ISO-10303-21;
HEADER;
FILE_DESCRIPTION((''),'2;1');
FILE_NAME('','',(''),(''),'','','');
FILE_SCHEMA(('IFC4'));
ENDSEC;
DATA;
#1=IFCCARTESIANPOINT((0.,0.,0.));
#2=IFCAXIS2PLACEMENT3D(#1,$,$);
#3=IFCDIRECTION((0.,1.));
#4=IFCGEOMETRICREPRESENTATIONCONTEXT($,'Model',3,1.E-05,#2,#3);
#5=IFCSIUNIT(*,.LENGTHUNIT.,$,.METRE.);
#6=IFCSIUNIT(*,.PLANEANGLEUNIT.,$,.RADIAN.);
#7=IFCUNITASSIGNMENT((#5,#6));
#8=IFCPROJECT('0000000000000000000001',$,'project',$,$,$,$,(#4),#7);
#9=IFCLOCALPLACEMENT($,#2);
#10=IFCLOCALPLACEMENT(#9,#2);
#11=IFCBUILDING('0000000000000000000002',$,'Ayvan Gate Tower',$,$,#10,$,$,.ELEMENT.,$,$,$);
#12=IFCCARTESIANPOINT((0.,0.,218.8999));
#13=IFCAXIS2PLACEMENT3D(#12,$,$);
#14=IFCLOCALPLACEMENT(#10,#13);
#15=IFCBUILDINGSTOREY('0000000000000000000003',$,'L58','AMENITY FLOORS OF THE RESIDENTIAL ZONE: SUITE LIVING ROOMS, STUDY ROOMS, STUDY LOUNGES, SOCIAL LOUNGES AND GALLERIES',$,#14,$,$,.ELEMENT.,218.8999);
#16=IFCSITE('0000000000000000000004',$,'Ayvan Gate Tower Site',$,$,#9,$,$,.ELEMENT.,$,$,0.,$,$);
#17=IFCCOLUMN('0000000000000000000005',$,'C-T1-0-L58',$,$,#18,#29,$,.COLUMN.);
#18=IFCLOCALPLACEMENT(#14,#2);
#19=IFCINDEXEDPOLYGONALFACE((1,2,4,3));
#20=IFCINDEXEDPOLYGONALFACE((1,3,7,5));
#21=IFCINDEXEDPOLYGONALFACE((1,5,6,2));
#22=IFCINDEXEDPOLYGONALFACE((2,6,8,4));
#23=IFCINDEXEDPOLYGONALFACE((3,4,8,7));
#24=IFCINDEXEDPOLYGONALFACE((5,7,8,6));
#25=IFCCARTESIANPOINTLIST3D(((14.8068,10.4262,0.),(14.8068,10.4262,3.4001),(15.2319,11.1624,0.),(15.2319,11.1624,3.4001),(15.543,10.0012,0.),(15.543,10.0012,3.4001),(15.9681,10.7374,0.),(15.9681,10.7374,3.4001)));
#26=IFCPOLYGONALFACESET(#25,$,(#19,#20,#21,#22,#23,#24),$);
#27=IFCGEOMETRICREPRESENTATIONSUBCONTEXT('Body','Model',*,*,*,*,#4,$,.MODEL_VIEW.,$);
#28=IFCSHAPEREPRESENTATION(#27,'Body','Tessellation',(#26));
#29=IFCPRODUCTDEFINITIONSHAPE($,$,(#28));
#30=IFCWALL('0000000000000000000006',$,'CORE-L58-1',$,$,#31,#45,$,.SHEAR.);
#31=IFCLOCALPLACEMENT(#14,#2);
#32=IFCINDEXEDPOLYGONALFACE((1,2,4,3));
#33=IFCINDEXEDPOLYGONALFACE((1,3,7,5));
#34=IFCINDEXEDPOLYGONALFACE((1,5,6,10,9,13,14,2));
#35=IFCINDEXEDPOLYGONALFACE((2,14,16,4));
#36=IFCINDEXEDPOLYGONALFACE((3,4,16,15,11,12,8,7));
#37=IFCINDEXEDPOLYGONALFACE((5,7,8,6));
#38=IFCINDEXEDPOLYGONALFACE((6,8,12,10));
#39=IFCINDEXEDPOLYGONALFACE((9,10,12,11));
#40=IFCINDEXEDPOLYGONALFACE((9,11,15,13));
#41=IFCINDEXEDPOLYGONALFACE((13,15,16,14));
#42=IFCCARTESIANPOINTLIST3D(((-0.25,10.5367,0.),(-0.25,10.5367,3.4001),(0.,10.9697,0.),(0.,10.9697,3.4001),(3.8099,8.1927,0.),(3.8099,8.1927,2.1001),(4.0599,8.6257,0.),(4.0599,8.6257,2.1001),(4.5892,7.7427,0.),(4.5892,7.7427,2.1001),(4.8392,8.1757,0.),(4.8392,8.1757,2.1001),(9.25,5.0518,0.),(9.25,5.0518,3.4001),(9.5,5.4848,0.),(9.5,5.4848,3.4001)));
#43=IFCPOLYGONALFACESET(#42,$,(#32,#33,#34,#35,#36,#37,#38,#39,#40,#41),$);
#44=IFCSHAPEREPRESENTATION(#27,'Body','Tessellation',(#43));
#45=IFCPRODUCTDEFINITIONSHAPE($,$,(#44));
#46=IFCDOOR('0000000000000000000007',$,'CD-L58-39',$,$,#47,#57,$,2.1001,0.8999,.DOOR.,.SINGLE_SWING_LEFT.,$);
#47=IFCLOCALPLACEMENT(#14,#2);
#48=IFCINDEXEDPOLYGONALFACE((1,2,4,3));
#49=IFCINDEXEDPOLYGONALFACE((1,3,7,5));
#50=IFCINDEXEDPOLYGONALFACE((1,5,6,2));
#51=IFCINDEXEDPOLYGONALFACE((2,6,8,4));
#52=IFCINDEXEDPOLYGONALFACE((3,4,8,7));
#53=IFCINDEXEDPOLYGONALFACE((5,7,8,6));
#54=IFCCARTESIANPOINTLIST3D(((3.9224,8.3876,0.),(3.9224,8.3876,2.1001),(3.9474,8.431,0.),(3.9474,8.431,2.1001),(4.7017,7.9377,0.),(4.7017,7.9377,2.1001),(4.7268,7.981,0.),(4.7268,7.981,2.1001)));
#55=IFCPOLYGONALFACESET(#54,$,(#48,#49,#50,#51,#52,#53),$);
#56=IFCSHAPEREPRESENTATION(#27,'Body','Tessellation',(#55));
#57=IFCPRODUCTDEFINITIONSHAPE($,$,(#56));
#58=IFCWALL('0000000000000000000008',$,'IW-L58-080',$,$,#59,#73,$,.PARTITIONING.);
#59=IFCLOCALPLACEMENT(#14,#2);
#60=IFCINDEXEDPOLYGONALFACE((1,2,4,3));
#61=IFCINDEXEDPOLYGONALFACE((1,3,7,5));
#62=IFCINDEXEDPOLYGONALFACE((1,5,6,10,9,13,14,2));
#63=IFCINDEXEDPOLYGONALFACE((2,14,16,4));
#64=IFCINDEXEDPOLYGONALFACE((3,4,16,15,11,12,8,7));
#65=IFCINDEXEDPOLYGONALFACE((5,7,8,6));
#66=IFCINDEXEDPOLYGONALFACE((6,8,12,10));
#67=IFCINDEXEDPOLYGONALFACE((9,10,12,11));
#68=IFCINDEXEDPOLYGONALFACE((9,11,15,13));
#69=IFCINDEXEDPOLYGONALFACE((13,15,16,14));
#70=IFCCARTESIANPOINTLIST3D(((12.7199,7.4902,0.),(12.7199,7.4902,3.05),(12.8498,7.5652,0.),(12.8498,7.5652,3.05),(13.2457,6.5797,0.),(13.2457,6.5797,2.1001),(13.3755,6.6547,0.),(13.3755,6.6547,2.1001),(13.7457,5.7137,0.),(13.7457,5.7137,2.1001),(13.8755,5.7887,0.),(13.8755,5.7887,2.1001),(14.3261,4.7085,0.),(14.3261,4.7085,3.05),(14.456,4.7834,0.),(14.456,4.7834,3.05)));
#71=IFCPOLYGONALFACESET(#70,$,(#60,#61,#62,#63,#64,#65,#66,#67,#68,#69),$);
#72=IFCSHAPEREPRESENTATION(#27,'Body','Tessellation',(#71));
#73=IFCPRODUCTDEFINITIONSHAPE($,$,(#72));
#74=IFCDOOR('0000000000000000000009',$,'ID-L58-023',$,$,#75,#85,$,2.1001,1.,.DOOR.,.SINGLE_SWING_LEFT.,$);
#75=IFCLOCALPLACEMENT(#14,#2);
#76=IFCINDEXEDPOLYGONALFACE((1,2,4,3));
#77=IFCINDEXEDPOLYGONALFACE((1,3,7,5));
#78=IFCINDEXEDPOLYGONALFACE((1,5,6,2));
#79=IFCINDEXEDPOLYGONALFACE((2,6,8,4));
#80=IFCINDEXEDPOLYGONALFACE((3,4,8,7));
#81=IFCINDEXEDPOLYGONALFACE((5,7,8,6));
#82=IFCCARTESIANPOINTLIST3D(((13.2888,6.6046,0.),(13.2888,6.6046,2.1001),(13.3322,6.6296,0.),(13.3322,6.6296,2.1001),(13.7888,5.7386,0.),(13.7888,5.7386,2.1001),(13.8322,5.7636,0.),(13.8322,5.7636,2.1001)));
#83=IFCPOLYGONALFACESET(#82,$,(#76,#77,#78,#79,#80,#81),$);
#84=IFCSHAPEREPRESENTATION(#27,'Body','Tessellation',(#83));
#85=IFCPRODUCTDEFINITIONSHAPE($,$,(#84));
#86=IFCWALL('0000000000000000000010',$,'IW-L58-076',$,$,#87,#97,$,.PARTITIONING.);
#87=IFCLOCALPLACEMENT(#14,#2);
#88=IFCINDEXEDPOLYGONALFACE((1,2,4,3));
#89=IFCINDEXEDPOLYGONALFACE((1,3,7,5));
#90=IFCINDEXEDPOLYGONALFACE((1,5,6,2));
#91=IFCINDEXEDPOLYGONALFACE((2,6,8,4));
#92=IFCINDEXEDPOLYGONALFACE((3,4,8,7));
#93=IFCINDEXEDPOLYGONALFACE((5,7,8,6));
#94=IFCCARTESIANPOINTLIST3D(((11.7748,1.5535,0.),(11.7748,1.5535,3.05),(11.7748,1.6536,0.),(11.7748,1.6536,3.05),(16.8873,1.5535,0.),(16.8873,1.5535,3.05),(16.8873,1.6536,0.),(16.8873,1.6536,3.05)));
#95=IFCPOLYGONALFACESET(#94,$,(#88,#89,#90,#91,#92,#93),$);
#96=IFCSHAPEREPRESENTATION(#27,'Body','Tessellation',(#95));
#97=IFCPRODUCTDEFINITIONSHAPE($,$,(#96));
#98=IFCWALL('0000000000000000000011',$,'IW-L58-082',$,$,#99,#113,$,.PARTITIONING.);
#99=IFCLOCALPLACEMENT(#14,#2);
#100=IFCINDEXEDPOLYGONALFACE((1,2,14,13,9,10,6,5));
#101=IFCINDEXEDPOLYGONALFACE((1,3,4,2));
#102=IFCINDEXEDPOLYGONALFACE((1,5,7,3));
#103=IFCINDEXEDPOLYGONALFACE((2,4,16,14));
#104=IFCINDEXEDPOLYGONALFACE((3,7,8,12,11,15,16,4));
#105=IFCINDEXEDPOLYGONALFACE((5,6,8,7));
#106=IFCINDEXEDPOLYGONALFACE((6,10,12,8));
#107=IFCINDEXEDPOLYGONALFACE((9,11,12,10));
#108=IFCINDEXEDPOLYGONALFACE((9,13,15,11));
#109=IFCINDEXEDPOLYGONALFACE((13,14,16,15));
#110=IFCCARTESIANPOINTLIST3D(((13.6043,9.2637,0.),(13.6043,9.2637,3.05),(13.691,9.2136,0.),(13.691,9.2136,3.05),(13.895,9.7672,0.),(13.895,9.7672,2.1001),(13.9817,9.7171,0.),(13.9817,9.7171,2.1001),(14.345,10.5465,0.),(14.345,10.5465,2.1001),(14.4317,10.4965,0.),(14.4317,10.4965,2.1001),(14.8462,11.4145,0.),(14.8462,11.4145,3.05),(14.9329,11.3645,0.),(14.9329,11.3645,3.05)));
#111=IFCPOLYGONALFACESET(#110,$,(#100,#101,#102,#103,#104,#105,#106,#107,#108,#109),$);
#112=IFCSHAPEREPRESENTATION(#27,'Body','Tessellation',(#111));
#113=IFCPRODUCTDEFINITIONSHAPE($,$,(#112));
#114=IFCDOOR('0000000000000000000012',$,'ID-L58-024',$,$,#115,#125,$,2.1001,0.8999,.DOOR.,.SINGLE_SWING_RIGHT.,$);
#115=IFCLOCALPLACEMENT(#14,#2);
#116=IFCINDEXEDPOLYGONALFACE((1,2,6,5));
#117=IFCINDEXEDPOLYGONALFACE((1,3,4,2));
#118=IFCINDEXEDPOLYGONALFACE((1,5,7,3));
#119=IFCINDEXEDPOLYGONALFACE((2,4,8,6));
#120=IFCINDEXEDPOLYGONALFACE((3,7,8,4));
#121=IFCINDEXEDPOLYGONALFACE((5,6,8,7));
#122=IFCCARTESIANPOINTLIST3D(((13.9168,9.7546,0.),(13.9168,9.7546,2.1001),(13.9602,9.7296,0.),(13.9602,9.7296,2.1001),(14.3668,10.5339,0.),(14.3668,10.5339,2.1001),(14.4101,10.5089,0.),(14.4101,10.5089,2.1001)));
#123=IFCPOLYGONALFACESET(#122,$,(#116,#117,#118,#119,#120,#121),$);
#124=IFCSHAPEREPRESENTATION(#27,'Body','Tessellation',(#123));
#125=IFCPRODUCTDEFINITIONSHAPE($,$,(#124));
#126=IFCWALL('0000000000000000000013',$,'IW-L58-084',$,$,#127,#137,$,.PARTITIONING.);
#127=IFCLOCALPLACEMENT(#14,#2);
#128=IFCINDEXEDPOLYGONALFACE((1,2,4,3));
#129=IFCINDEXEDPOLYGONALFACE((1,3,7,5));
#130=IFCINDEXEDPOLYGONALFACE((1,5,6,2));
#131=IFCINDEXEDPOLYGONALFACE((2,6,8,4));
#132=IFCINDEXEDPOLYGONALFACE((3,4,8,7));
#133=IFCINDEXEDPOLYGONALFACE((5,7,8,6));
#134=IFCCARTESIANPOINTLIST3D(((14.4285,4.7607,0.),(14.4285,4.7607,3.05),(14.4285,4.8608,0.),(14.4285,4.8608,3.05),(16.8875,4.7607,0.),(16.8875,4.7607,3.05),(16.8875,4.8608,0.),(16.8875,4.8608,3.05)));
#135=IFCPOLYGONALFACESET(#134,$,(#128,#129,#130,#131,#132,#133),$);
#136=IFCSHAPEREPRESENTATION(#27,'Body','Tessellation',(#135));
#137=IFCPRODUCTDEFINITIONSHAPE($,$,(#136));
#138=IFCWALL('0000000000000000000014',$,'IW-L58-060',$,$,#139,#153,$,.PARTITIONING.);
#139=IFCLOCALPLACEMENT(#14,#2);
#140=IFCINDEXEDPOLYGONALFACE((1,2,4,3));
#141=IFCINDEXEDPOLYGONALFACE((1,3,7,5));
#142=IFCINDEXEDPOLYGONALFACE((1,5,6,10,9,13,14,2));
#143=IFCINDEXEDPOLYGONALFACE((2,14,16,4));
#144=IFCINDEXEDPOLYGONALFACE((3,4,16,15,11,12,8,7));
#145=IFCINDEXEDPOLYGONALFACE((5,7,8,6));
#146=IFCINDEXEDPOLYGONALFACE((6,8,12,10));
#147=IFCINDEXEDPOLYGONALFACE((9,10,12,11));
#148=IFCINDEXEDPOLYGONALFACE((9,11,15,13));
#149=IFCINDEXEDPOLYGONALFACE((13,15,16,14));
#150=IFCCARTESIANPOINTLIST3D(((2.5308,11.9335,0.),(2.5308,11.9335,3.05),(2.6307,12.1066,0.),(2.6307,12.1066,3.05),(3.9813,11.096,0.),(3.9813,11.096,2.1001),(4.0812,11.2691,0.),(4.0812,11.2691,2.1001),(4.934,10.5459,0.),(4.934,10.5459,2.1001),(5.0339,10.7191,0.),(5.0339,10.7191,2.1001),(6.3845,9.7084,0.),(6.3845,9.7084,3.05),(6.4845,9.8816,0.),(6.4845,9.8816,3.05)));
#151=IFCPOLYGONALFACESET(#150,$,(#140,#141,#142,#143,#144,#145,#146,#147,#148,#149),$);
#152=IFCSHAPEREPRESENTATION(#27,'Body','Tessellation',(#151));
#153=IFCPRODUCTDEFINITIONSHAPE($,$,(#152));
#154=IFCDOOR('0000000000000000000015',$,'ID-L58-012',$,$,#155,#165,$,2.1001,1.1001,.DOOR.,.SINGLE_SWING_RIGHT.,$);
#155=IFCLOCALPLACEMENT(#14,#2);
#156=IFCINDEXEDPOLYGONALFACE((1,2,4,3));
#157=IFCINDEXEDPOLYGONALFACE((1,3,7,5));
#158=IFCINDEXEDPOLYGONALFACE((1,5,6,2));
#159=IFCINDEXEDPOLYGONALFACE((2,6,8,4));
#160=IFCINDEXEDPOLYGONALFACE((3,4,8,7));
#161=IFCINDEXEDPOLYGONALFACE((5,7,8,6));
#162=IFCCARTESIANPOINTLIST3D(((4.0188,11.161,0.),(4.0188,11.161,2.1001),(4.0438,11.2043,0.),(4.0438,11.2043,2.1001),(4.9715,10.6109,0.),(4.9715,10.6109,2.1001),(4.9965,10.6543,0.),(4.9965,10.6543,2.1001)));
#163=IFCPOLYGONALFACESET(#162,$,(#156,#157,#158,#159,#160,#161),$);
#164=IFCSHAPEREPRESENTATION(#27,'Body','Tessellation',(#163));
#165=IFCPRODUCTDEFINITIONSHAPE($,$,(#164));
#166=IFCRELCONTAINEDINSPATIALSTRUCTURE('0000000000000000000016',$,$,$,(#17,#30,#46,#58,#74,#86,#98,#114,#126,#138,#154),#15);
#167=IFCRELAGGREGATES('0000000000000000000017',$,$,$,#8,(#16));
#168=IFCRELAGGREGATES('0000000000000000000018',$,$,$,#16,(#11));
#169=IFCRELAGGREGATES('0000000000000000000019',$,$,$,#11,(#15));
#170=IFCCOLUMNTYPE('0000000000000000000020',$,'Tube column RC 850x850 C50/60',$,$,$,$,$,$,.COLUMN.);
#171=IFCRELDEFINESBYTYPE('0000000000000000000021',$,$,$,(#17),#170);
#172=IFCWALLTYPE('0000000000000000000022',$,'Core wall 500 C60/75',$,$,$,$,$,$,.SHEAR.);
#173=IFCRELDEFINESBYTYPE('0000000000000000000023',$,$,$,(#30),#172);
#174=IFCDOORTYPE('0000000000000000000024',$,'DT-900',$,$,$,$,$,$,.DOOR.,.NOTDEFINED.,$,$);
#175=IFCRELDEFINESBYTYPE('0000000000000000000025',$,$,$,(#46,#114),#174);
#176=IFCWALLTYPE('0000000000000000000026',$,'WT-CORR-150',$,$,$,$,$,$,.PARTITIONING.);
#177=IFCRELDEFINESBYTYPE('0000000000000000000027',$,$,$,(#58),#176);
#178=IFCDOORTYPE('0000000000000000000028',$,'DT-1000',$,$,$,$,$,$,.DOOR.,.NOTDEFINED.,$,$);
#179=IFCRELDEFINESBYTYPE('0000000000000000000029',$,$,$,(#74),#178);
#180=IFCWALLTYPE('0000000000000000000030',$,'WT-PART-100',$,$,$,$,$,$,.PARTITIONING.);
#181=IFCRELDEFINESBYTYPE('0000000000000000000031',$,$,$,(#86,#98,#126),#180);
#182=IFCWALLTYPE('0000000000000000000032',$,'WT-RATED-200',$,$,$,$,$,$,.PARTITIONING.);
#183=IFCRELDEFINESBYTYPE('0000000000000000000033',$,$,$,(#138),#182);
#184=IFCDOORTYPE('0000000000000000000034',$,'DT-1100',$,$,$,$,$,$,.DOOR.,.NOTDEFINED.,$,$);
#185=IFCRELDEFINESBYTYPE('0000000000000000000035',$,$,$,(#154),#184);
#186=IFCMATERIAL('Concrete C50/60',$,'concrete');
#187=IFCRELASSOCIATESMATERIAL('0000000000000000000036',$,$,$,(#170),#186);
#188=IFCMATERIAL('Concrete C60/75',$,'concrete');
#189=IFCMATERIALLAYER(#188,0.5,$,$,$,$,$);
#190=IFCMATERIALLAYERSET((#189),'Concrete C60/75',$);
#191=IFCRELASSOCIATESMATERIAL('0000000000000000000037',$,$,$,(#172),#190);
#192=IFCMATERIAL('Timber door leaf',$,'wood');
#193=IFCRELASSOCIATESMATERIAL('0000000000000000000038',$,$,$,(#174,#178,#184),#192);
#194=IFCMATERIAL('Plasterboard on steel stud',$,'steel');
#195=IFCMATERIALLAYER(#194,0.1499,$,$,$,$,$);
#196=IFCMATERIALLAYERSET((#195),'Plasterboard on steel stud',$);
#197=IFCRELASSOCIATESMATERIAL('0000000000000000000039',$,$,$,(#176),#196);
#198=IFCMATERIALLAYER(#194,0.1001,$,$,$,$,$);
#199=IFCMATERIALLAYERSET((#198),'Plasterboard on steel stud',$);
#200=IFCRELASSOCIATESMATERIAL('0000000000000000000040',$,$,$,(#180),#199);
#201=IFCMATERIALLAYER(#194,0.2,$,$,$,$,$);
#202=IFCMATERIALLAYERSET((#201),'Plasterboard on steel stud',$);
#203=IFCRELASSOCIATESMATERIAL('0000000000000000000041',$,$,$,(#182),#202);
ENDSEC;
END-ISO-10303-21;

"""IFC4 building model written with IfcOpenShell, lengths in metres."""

from ifc_helpers import new_model, si_unit, direction, frame, frame_2d, origin, origin_2d, place, context, subcontext, project, spatial, rectangle, extrude, material, layer, layer_set, material_profile, profile_set, type_object, element, fill, save


model = new_model("IFC4")

# Units and contexts
model_context = context("Model", 3, precision=1e-05, world=origin(), true_north=direction((0.0, 1.0)))
body_context = subcontext(model_context, "Body", "Model", "MODEL_VIEW")
ifc_project = project(units=[si_unit("LENGTHUNIT", "METRE"), si_unit("PLANEANGLEUNIT", "RADIAN")], contexts=[model_context])

# Site, building, storey
site_placement = place(None, origin())
site = spatial("IfcSite", under=ifc_project, at=site_placement, Name="Ayvan Gate Tower Site", CompositionType="ELEMENT", RefElevation=0.0)
building_placement = place(site_placement, origin())
building = spatial("IfcBuilding", under=site, at=building_placement, Name="Ayvan Gate Tower", CompositionType="ELEMENT")
storey_placement = place(building_placement, frame((0.0, 0.0, 218.8999)))
storey = spatial("IfcBuildingStorey", under=building, at=storey_placement, Name="L58", Description="AMENITY FLOORS OF THE RESIDENTIAL ZONE: SUITE LIVING ROOMS, STUDY ROOMS, STUDY LOUNGES, SOCIAL LOUNGES AND GALLERIES", CompositionType="ELEMENT", Elevation=218.8999)

# Column
ifc_material_1 = material(Name="Concrete C50/60", Category="concrete")
ifc_material_profile = material_profile(ifc_material_1, rectangle(XDim=0.8501, YDim=0.8501, at=origin_2d()), Name="RC 850x850")
ifc_profile_set = profile_set([ifc_material_profile], Name="Concrete C50/60")
column_type = type_object("IfcColumnType", Name="Tube column RC 850x850 C50/60", PredefinedType="COLUMN", material=ifc_profile_set)
column_placement = place(storey_placement, frame((15.3875, 10.5818, 0.0), z_axis=(0.0, 0.0, 1.0), x_axis=(0.5, 0.866025, 0.0)))
element("IfcColumn", 1, at=column_placement, inside=storey, type_object=column_type, Name="C-T1-0-L58", PredefinedType="COLUMN", context=body_context, shape_type="SweptSolid", body=[
    extrude(rectangle(XDim=0.8501, YDim=0.8501, at=origin_2d()), origin(), (0.0, 0.0, 1.0), 3.4001),
])

# Walls, openings, doors
ifc_material_2 = material(Name="Concrete C60/75", Category="concrete")
ifc_layer_1 = layer(ifc_material_2, 0.5)
ifc_layer_set_1 = layer_set([ifc_layer_1], Name="Concrete C60/75")
wall_type_1 = type_object("IfcWallType", Name="Core wall 500 C60/75", PredefinedType="SHEAR", material=ifc_layer_set_1)
wall_1_placement = place(storey_placement, frame((9.375, 5.2683, 0.0), z_axis=(0.0, 0.0, 1.0), x_axis=(-0.866024, 0.500002, 0.0)))
wall_1 = element("IfcWall", 2, at=wall_1_placement, inside=storey, type_object=wall_type_1, Name="CORE-L58-1", PredefinedType="SHEAR", context=body_context, shape_type="SweptSolid", body=[
    extrude(rectangle(XDim=10.9697, YDim=0.5, at=frame_2d((5.4849, 0.0))), origin(), (0.0, 0.0, 1.0), 3.4001),
])
opening_1_placement = place(wall_1_placement, frame((5.3818, 0.0, 0.0)))
opening_1 = element("IfcOpeningElement", 3, at=opening_1_placement, cuts=wall_1, PredefinedType="OPENING", context=body_context, shape_type="SweptSolid", body=[
    extrude(rectangle(XDim=0.8999, YDim=2.1001, at=frame_2d((0.45, 1.05))), frame((0.0, 0.26, 0.0), z_axis=(0.0, -1.0, 0.0), x_axis=(1.0, 0.0, 0.0)), (0.0, 0.0, 1.0), 0.52),
])
ifc_material_3 = material(Name="Timber door leaf", Category="wood")
door_type_1 = type_object("IfcDoorType", Name="DT-900", OperationType="NOTDEFINED", PredefinedType="DOOR", material=ifc_material_3)
door_1_placement = place(opening_1_placement, origin())
door_1 = element("IfcDoor", 4, at=door_1_placement, inside=storey, type_object=door_type_1, Name="CD-L58-39", OperationType="SINGLE_SWING_LEFT", OverallHeight=2.1001, OverallWidth=0.8999, PredefinedType="DOOR", context=body_context, shape_type="SweptSolid", body=[
    extrude(rectangle(XDim=0.8999, YDim=2.1001, at=frame_2d((0.45, 1.05))), frame((0.0, 0.0249, 0.0), z_axis=(0.0, -1.0, 0.0), x_axis=(1.0, 0.0, 0.0)), (0.0, 0.0, 1.0), 0.05),
])
fill(opening_1, door_1)
ifc_material_4 = material(Name="Plasterboard on steel stud", Category="steel")
ifc_layer_2 = layer(ifc_material_4, 0.1499)
ifc_layer_set_2 = layer_set([ifc_layer_2], Name="Plasterboard on steel stud")
wall_type_2 = type_object("IfcWallType", Name="WT-CORR-150", PredefinedType="PARTITIONING", material=ifc_layer_set_2)
wall_2_placement = place(storey_placement, frame((12.7849, 7.5276, 0.0), z_axis=(0.0, 0.0, 1.0), x_axis=(0.500038, -0.866003, 0.0)))
wall_2 = element("IfcWall", 5, at=wall_2_placement, inside=storey, type_object=wall_type_2, Name="IW-L58-080", PredefinedType="PARTITIONING", context=body_context, shape_type="SweptSolid", body=[
    extrude(rectangle(XDim=3.2122, YDim=0.1499, at=frame_2d((1.606, 0.0))), origin(), (0.0, 0.0, 1.0), 3.05),
])
opening_2_placement = place(wall_2_placement, frame((1.0513, 0.0, 0.0)))
opening_2 = element("IfcOpeningElement", 6, at=opening_2_placement, cuts=wall_2, PredefinedType="OPENING", context=body_context, shape_type="SweptSolid", body=[
    extrude(rectangle(XDim=1.0, YDim=2.1001, at=frame_2d((0.5, 1.05))), frame((0.0, 0.085, 0.0), z_axis=(0.0, -1.0, 0.0), x_axis=(1.0, 0.0, 0.0)), (0.0, 0.0, 1.0), 0.1699),
])
door_type_2 = type_object("IfcDoorType", Name="DT-1000", OperationType="NOTDEFINED", PredefinedType="DOOR", material=ifc_material_3)
door_2_placement = place(opening_2_placement, origin())
door_2 = element("IfcDoor", 7, at=door_2_placement, inside=storey, type_object=door_type_2, Name="ID-L58-023", OperationType="SINGLE_SWING_LEFT", OverallHeight=2.1001, OverallWidth=1.0, PredefinedType="DOOR", context=body_context, shape_type="SweptSolid", body=[
    extrude(rectangle(XDim=1.0, YDim=2.1001, at=frame_2d((0.5, 1.05))), frame((0.0, 0.0249, 0.0), z_axis=(0.0, -1.0, 0.0), x_axis=(1.0, 0.0, 0.0)), (0.0, 0.0, 1.0), 0.05),
])
fill(opening_2, door_2)

# Wall
ifc_layer_3 = layer(ifc_material_4, 0.1001)
ifc_layer_set_3 = layer_set([ifc_layer_3], Name="Plasterboard on steel stud")
wall_type_3 = type_object("IfcWallType", Name="WT-PART-100", PredefinedType="PARTITIONING", material=ifc_layer_set_3)
wall_3_placement = place(storey_placement, frame((11.7749, 1.6035, 0.0), z_axis=(0.0, 0.0, 1.0), x_axis=(1.0, 0.0, 0.0)))
element("IfcWall", 8, at=wall_3_placement, inside=storey, type_object=wall_type_3, Name="IW-L58-076", PredefinedType="PARTITIONING", context=body_context, shape_type="SweptSolid", body=[
    extrude(rectangle(XDim=5.1125, YDim=0.1001, at=frame_2d((2.5562, 0.0))), origin(), (0.0, 0.0, 1.0), 3.05),
])

# Wall, opening, door
wall_4_placement = place(storey_placement, frame((13.6477, 9.2388, 0.0), z_axis=(0.0, 0.0, 1.0), x_axis=(0.50004, 0.866002, 0.0)))
wall_4 = element("IfcWall", 9, at=wall_4_placement, inside=storey, type_object=wall_type_3, Name="IW-L58-082", PredefinedType="PARTITIONING", context=body_context, shape_type="SweptSolid", body=[
    extrude(rectangle(XDim=2.4836, YDim=0.1001, at=frame_2d((1.2417, 0.0))), origin(), (0.0, 0.0, 1.0), 3.05),
])
opening_3_placement = place(wall_4_placement, frame((0.5813, 0.0, 0.0)))
opening_3 = element("IfcOpeningElement", 10, at=opening_3_placement, cuts=wall_4, PredefinedType="OPENING", context=body_context, shape_type="SweptSolid", body=[
    extrude(rectangle(XDim=0.8999, YDim=2.1001, at=frame_2d((0.45, 1.05))), frame((0.0, 0.0601, 0.0), z_axis=(0.0, -1.0, 0.0), x_axis=(1.0, 0.0, 0.0)), (0.0, 0.0, 1.0), 0.1201),
])
door_3_placement = place(opening_3_placement, origin())
door_3 = element("IfcDoor", 11, at=door_3_placement, inside=storey, type_object=door_type_1, Name="ID-L58-024", OperationType="SINGLE_SWING_RIGHT", OverallHeight=2.1001, OverallWidth=0.8999, PredefinedType="DOOR", context=body_context, shape_type="SweptSolid", body=[
    extrude(rectangle(XDim=0.8999, YDim=2.1001, at=frame_2d((0.45, 1.05))), frame((0.0, 0.0249, 0.0), z_axis=(0.0, -1.0, 0.0), x_axis=(1.0, 0.0, 0.0)), (0.0, 0.0, 1.0), 0.05),
])
fill(opening_3, door_3)

# Wall
wall_5_placement = place(storey_placement, frame((14.4285, 4.8108, 0.0), z_axis=(0.0, 0.0, 1.0), x_axis=(1.0, 0.0, 0.0)))
element("IfcWall", 12, at=wall_5_placement, inside=storey, type_object=wall_type_3, Name="IW-L58-084", PredefinedType="PARTITIONING", context=body_context, shape_type="SweptSolid", body=[
    extrude(rectangle(XDim=2.459, YDim=0.1001, at=frame_2d((1.2295, 0.0))), origin(), (0.0, 0.0, 1.0), 3.05),
])

# Wall, opening, door
ifc_layer_4 = layer(ifc_material_4, 0.2)
ifc_layer_set_4 = layer_set([ifc_layer_4], Name="Plasterboard on steel stud")
wall_type_4 = type_object("IfcWallType", Name="WT-RATED-200", PredefinedType="PARTITIONING", material=ifc_layer_set_4)
wall_6_placement = place(storey_placement, frame((6.4346, 9.7949, 0.0), z_axis=(0.0, 0.0, 1.0), x_axis=(-0.866013, 0.500022, 0.0)))
wall_6 = element("IfcWall", 13, at=wall_6_placement, inside=storey, type_object=wall_type_4, Name="IW-L58-060", PredefinedType="PARTITIONING", context=body_context, shape_type="SweptSolid", body=[
    extrude(rectangle(XDim=4.45, YDim=0.2, at=frame_2d((2.2251, 0.0))), origin(), (0.0, 0.0, 1.0), 3.05),
])
opening_4_placement = place(wall_6_placement, frame((1.675, 0.0, 0.0)))
opening_4 = element("IfcOpeningElement", 14, at=opening_4_placement, cuts=wall_6, PredefinedType="OPENING", context=body_context, shape_type="SweptSolid", body=[
    extrude(rectangle(XDim=1.1001, YDim=2.1001, at=frame_2d((0.55, 1.05))), frame((0.0, 0.1099, 0.0), z_axis=(0.0, -1.0, 0.0), x_axis=(1.0, 0.0, 0.0)), (0.0, 0.0, 1.0), 0.22),
])
door_type_3 = type_object("IfcDoorType", Name="DT-1100", OperationType="NOTDEFINED", PredefinedType="DOOR", material=ifc_material_3)
door_4_placement = place(opening_4_placement, origin())
door_4 = element("IfcDoor", 15, at=door_4_placement, inside=storey, type_object=door_type_3, Name="ID-L58-012", OperationType="SINGLE_SWING_RIGHT", OverallHeight=2.1001, OverallWidth=1.1001, PredefinedType="DOOR", context=body_context, shape_type="SweptSolid", body=[
    extrude(rectangle(XDim=1.1001, YDim=2.1001, at=frame_2d((0.55, 1.05))), frame((0.0, 0.0249, 0.0), z_axis=(0.0, -1.0, 0.0), x_axis=(1.0, 0.0, 0.0)), (0.0, 0.0, 1.0), 0.05),
])
fill(opening_4, door_4)

save(model, "model.ifc")
